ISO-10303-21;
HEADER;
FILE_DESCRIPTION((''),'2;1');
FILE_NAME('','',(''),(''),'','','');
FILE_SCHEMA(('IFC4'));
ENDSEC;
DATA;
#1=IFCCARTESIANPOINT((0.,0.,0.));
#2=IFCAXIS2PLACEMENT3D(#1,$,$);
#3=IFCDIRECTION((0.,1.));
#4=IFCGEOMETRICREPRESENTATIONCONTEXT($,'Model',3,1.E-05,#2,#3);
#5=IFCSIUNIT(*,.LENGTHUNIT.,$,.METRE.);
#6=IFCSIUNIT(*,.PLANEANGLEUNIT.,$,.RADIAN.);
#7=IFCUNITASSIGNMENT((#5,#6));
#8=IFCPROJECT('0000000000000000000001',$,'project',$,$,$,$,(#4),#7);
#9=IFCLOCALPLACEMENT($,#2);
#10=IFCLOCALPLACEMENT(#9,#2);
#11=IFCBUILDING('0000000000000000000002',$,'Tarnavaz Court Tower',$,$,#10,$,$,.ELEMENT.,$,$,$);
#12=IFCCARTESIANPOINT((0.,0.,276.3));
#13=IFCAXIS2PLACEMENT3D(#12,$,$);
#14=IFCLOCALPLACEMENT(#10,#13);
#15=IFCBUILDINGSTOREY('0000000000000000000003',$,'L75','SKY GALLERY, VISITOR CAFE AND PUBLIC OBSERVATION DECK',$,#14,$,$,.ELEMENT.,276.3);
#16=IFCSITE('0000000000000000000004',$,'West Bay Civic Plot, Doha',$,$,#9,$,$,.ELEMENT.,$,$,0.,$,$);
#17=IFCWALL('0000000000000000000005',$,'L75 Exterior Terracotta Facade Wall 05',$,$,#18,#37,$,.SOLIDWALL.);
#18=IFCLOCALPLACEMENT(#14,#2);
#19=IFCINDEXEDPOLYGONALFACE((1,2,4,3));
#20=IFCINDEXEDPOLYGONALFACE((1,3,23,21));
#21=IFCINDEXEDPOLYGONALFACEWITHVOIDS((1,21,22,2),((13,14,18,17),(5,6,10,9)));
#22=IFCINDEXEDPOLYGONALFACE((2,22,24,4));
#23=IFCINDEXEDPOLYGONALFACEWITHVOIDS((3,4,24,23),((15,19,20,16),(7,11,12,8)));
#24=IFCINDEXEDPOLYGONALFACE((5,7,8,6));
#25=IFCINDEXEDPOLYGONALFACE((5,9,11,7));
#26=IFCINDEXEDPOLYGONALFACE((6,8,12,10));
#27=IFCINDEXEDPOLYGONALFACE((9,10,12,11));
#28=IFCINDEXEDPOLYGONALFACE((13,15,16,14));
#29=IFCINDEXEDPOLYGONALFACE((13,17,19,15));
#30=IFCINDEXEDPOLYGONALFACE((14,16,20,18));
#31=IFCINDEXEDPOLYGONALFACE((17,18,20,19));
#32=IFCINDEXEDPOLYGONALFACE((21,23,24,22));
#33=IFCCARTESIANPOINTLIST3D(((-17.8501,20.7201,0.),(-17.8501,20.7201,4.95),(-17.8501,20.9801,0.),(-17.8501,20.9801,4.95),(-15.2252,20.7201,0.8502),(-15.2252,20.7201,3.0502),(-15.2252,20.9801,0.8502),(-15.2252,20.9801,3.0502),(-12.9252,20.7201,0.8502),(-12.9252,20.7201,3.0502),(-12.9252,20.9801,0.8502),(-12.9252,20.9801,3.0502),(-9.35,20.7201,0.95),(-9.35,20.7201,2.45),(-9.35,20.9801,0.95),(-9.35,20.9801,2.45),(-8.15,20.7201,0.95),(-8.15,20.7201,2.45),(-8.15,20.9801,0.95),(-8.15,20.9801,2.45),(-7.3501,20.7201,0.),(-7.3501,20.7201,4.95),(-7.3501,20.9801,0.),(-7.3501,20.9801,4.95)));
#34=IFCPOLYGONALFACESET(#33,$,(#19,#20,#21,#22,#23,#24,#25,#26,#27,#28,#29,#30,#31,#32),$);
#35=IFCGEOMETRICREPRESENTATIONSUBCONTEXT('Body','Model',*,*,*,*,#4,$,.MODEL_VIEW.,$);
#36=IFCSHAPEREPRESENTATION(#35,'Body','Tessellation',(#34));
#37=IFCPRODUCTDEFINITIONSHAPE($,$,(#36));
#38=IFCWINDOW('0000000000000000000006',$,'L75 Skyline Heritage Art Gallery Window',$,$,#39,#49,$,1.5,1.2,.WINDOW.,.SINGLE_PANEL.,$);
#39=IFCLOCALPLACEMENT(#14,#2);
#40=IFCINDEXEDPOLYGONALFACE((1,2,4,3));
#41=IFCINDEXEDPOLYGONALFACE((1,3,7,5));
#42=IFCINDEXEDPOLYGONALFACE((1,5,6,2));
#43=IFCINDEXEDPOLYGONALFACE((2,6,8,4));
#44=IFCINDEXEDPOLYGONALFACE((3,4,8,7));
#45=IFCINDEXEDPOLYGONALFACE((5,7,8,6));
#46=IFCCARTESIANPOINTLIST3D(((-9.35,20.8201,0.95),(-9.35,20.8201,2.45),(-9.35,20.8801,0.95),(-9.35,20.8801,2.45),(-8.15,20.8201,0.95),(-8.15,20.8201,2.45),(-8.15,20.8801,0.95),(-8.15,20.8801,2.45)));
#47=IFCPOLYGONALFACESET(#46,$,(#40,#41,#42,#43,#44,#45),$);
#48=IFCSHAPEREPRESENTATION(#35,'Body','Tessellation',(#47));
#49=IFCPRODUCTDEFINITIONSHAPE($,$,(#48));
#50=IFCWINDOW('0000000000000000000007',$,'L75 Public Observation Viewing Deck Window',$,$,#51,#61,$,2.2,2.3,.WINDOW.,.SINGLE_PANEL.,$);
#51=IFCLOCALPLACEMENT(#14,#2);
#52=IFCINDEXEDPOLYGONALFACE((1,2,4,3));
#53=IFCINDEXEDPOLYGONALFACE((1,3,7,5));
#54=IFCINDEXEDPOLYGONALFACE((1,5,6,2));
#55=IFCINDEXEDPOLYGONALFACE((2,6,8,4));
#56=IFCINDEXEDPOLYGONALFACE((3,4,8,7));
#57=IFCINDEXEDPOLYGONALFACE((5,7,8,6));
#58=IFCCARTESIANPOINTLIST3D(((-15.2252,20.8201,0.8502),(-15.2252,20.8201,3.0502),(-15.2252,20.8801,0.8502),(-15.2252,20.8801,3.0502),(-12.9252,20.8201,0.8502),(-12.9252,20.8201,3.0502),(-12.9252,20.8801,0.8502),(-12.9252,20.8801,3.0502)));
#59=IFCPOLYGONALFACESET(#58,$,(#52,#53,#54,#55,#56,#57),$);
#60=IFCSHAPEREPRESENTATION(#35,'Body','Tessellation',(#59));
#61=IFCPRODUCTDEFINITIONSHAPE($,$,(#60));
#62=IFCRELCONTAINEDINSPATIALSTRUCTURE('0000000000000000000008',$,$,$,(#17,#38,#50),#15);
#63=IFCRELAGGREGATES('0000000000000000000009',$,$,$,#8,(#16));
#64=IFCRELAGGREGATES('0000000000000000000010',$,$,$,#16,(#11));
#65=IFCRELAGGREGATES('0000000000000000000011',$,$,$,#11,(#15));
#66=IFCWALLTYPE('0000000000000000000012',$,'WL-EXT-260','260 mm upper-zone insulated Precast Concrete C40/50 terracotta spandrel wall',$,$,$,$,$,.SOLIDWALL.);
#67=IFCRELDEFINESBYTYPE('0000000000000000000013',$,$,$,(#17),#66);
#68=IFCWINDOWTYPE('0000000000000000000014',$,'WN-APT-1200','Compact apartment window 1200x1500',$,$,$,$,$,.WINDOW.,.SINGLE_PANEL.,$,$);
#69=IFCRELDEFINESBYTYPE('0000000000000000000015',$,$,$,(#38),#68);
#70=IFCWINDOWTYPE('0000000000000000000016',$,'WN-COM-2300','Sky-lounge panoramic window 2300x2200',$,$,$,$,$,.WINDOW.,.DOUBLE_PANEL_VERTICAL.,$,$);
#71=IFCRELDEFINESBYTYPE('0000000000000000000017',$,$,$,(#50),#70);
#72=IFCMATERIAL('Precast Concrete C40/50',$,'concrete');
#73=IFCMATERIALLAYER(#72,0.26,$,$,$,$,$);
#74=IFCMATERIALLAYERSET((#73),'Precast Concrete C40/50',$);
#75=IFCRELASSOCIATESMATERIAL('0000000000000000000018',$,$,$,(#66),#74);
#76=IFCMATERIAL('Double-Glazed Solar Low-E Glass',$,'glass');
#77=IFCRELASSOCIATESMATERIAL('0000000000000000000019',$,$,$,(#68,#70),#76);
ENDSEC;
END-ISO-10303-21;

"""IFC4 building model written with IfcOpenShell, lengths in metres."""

from ifc_helpers import new_model, si_unit, direction, frame, frame_2d, origin, place, context, subcontext, project, spatial, rectangle, extrude, material, layer, layer_set, type_object, element, fill, save


model = new_model("IFC4")

# Units and contexts
model_context = context("Model", 3, precision=1e-05, world=origin(), true_north=direction((0.0, 1.0)))
body_context = subcontext(model_context, "Body", "Model", "MODEL_VIEW")
ifc_project = project(units=[si_unit("LENGTHUNIT", "METRE"), si_unit("PLANEANGLEUNIT", "RADIAN")], contexts=[model_context])

# Site, building, storey
site_placement = place(None, origin())
site = spatial("IfcSite", under=ifc_project, at=site_placement, Name="West Bay Civic Plot, Doha", CompositionType="ELEMENT", RefElevation=0.0)
building_placement = place(site_placement, origin())
building = spatial("IfcBuilding", under=site, at=building_placement, Name="Tarnavaz Court Tower", CompositionType="ELEMENT")
storey_placement = place(building_placement, frame((0.0, 0.0, 276.3)))
storey = spatial("IfcBuildingStorey", under=building, at=storey_placement, Name="L75", Description="SKY GALLERY, VISITOR CAFE AND PUBLIC OBSERVATION DECK", CompositionType="ELEMENT", Elevation=276.3)

# Shared definitions
ifc_material_1 = material(Name="Precast Concrete C40/50", Category="concrete")
ifc_layer_1 = layer(ifc_material_1, 0.26)
ifc_layer_set_1 = layer_set([ifc_layer_1], Name="Precast Concrete C40/50")
wall_type = type_object("IfcWallType", Name="WL-EXT-260", Description="260 mm upper-zone insulated Precast Concrete C40/50 terracotta spandrel wall", PredefinedType="SOLIDWALL", material=ifc_layer_set_1)
ifc_material_2 = material(Name="Double-Glazed Solar Low-E Glass", Category="glass")
window_type_1 = type_object("IfcWindowType", Name="WN-APT-1200", Description="Compact apartment window 1200x1500", PartitioningType="SINGLE_PANEL", PredefinedType="WINDOW", material=ifc_material_2)

# Shared definitions
window_type_2 = type_object("IfcWindowType", Name="WN-COM-2300", Description="Sky-lounge panoramic window 2300x2200", PartitioningType="DOUBLE_PANEL_VERTICAL", PredefinedType="WINDOW", material=ifc_material_2)

# Wall, openings, windows
wall_1_placement = place(storey_placement, frame((-17.8501, 20.8501, 0.0), z_axis=(0.0, 0.0, 1.0), x_axis=(1.0, 0.0, 0.0)))
wall_1 = element("IfcWall", 1, at=wall_1_placement, inside=storey, type_object=wall_type, Name="L75 Exterior Terracotta Facade Wall 05", PredefinedType="SOLIDWALL", context=body_context, shape_type="SweptSolid", body=[
    extrude(rectangle(XDim=10.5, YDim=0.26, at=frame_2d((5.25, 0.0))), origin(), (0.0, 0.0, 1.0), 4.95),
])
opening_1_placement = place(wall_1_placement, frame((2.625, 0.0, 0.8501)))
opening_1 = element("IfcOpeningElement", 2, at=opening_1_placement, cuts=wall_1, PredefinedType="OPENING", context=body_context, shape_type="SweptSolid", body=[
    extrude(rectangle(XDim=2.3, YDim=2.2, at=frame_2d((1.1499, 1.1001))), frame((0.0, 0.1399, 0.0), z_axis=(0.0, -1.0, 0.0), x_axis=(1.0, 0.0, 0.0)), (0.0, 0.0, 1.0), 0.28),
])
opening_2_placement = place(wall_1_placement, frame((8.5, 0.0, 0.95)))
opening_2 = element("IfcOpeningElement", 3, at=opening_2_placement, cuts=wall_1, PredefinedType="OPENING", context=body_context, shape_type="SweptSolid", body=[
    extrude(rectangle(XDim=1.2, YDim=1.5, at=frame_2d((0.6001, 0.75))), frame((0.0, 0.1399, 0.0), z_axis=(0.0, -1.0, 0.0), x_axis=(1.0, 0.0, 0.0)), (0.0, 0.0, 1.0), 0.28),
])
window_1_placement = place(opening_2_placement, origin())
window_1 = element("IfcWindow", 4, at=window_1_placement, inside=storey, type_object=window_type_1, Name="L75 Skyline Heritage Art Gallery Window", OverallHeight=1.5, OverallWidth=1.2, PartitioningType="SINGLE_PANEL", PredefinedType="WINDOW", context=body_context, shape_type="SweptSolid", body=[
    extrude(rectangle(XDim=1.2, YDim=1.5, at=frame_2d((0.6001, 0.75))), frame((0.0, 0.03, 0.0), z_axis=(0.0, -1.0, 0.0), x_axis=(1.0, 0.0, 0.0)), (0.0, 0.0, 1.0), 0.0601),
])
fill(opening_2, window_1)
window_2_placement = place(opening_1_placement, origin())
window_2 = element("IfcWindow", 5, at=window_2_placement, inside=storey, type_object=window_type_2, Name="L75 Public Observation Viewing Deck Window", OverallHeight=2.2, OverallWidth=2.3, PartitioningType="SINGLE_PANEL", PredefinedType="WINDOW", context=body_context, shape_type="SweptSolid", body=[
    extrude(rectangle(XDim=2.3, YDim=2.2, at=frame_2d((1.1499, 1.1001))), frame((0.0, 0.03, 0.0), z_axis=(0.0, -1.0, 0.0), x_axis=(1.0, 0.0, 0.0)), (0.0, 0.0, 1.0), 0.0601),
])
fill(opening_1, window_2)

save(model, "model.ifc")
